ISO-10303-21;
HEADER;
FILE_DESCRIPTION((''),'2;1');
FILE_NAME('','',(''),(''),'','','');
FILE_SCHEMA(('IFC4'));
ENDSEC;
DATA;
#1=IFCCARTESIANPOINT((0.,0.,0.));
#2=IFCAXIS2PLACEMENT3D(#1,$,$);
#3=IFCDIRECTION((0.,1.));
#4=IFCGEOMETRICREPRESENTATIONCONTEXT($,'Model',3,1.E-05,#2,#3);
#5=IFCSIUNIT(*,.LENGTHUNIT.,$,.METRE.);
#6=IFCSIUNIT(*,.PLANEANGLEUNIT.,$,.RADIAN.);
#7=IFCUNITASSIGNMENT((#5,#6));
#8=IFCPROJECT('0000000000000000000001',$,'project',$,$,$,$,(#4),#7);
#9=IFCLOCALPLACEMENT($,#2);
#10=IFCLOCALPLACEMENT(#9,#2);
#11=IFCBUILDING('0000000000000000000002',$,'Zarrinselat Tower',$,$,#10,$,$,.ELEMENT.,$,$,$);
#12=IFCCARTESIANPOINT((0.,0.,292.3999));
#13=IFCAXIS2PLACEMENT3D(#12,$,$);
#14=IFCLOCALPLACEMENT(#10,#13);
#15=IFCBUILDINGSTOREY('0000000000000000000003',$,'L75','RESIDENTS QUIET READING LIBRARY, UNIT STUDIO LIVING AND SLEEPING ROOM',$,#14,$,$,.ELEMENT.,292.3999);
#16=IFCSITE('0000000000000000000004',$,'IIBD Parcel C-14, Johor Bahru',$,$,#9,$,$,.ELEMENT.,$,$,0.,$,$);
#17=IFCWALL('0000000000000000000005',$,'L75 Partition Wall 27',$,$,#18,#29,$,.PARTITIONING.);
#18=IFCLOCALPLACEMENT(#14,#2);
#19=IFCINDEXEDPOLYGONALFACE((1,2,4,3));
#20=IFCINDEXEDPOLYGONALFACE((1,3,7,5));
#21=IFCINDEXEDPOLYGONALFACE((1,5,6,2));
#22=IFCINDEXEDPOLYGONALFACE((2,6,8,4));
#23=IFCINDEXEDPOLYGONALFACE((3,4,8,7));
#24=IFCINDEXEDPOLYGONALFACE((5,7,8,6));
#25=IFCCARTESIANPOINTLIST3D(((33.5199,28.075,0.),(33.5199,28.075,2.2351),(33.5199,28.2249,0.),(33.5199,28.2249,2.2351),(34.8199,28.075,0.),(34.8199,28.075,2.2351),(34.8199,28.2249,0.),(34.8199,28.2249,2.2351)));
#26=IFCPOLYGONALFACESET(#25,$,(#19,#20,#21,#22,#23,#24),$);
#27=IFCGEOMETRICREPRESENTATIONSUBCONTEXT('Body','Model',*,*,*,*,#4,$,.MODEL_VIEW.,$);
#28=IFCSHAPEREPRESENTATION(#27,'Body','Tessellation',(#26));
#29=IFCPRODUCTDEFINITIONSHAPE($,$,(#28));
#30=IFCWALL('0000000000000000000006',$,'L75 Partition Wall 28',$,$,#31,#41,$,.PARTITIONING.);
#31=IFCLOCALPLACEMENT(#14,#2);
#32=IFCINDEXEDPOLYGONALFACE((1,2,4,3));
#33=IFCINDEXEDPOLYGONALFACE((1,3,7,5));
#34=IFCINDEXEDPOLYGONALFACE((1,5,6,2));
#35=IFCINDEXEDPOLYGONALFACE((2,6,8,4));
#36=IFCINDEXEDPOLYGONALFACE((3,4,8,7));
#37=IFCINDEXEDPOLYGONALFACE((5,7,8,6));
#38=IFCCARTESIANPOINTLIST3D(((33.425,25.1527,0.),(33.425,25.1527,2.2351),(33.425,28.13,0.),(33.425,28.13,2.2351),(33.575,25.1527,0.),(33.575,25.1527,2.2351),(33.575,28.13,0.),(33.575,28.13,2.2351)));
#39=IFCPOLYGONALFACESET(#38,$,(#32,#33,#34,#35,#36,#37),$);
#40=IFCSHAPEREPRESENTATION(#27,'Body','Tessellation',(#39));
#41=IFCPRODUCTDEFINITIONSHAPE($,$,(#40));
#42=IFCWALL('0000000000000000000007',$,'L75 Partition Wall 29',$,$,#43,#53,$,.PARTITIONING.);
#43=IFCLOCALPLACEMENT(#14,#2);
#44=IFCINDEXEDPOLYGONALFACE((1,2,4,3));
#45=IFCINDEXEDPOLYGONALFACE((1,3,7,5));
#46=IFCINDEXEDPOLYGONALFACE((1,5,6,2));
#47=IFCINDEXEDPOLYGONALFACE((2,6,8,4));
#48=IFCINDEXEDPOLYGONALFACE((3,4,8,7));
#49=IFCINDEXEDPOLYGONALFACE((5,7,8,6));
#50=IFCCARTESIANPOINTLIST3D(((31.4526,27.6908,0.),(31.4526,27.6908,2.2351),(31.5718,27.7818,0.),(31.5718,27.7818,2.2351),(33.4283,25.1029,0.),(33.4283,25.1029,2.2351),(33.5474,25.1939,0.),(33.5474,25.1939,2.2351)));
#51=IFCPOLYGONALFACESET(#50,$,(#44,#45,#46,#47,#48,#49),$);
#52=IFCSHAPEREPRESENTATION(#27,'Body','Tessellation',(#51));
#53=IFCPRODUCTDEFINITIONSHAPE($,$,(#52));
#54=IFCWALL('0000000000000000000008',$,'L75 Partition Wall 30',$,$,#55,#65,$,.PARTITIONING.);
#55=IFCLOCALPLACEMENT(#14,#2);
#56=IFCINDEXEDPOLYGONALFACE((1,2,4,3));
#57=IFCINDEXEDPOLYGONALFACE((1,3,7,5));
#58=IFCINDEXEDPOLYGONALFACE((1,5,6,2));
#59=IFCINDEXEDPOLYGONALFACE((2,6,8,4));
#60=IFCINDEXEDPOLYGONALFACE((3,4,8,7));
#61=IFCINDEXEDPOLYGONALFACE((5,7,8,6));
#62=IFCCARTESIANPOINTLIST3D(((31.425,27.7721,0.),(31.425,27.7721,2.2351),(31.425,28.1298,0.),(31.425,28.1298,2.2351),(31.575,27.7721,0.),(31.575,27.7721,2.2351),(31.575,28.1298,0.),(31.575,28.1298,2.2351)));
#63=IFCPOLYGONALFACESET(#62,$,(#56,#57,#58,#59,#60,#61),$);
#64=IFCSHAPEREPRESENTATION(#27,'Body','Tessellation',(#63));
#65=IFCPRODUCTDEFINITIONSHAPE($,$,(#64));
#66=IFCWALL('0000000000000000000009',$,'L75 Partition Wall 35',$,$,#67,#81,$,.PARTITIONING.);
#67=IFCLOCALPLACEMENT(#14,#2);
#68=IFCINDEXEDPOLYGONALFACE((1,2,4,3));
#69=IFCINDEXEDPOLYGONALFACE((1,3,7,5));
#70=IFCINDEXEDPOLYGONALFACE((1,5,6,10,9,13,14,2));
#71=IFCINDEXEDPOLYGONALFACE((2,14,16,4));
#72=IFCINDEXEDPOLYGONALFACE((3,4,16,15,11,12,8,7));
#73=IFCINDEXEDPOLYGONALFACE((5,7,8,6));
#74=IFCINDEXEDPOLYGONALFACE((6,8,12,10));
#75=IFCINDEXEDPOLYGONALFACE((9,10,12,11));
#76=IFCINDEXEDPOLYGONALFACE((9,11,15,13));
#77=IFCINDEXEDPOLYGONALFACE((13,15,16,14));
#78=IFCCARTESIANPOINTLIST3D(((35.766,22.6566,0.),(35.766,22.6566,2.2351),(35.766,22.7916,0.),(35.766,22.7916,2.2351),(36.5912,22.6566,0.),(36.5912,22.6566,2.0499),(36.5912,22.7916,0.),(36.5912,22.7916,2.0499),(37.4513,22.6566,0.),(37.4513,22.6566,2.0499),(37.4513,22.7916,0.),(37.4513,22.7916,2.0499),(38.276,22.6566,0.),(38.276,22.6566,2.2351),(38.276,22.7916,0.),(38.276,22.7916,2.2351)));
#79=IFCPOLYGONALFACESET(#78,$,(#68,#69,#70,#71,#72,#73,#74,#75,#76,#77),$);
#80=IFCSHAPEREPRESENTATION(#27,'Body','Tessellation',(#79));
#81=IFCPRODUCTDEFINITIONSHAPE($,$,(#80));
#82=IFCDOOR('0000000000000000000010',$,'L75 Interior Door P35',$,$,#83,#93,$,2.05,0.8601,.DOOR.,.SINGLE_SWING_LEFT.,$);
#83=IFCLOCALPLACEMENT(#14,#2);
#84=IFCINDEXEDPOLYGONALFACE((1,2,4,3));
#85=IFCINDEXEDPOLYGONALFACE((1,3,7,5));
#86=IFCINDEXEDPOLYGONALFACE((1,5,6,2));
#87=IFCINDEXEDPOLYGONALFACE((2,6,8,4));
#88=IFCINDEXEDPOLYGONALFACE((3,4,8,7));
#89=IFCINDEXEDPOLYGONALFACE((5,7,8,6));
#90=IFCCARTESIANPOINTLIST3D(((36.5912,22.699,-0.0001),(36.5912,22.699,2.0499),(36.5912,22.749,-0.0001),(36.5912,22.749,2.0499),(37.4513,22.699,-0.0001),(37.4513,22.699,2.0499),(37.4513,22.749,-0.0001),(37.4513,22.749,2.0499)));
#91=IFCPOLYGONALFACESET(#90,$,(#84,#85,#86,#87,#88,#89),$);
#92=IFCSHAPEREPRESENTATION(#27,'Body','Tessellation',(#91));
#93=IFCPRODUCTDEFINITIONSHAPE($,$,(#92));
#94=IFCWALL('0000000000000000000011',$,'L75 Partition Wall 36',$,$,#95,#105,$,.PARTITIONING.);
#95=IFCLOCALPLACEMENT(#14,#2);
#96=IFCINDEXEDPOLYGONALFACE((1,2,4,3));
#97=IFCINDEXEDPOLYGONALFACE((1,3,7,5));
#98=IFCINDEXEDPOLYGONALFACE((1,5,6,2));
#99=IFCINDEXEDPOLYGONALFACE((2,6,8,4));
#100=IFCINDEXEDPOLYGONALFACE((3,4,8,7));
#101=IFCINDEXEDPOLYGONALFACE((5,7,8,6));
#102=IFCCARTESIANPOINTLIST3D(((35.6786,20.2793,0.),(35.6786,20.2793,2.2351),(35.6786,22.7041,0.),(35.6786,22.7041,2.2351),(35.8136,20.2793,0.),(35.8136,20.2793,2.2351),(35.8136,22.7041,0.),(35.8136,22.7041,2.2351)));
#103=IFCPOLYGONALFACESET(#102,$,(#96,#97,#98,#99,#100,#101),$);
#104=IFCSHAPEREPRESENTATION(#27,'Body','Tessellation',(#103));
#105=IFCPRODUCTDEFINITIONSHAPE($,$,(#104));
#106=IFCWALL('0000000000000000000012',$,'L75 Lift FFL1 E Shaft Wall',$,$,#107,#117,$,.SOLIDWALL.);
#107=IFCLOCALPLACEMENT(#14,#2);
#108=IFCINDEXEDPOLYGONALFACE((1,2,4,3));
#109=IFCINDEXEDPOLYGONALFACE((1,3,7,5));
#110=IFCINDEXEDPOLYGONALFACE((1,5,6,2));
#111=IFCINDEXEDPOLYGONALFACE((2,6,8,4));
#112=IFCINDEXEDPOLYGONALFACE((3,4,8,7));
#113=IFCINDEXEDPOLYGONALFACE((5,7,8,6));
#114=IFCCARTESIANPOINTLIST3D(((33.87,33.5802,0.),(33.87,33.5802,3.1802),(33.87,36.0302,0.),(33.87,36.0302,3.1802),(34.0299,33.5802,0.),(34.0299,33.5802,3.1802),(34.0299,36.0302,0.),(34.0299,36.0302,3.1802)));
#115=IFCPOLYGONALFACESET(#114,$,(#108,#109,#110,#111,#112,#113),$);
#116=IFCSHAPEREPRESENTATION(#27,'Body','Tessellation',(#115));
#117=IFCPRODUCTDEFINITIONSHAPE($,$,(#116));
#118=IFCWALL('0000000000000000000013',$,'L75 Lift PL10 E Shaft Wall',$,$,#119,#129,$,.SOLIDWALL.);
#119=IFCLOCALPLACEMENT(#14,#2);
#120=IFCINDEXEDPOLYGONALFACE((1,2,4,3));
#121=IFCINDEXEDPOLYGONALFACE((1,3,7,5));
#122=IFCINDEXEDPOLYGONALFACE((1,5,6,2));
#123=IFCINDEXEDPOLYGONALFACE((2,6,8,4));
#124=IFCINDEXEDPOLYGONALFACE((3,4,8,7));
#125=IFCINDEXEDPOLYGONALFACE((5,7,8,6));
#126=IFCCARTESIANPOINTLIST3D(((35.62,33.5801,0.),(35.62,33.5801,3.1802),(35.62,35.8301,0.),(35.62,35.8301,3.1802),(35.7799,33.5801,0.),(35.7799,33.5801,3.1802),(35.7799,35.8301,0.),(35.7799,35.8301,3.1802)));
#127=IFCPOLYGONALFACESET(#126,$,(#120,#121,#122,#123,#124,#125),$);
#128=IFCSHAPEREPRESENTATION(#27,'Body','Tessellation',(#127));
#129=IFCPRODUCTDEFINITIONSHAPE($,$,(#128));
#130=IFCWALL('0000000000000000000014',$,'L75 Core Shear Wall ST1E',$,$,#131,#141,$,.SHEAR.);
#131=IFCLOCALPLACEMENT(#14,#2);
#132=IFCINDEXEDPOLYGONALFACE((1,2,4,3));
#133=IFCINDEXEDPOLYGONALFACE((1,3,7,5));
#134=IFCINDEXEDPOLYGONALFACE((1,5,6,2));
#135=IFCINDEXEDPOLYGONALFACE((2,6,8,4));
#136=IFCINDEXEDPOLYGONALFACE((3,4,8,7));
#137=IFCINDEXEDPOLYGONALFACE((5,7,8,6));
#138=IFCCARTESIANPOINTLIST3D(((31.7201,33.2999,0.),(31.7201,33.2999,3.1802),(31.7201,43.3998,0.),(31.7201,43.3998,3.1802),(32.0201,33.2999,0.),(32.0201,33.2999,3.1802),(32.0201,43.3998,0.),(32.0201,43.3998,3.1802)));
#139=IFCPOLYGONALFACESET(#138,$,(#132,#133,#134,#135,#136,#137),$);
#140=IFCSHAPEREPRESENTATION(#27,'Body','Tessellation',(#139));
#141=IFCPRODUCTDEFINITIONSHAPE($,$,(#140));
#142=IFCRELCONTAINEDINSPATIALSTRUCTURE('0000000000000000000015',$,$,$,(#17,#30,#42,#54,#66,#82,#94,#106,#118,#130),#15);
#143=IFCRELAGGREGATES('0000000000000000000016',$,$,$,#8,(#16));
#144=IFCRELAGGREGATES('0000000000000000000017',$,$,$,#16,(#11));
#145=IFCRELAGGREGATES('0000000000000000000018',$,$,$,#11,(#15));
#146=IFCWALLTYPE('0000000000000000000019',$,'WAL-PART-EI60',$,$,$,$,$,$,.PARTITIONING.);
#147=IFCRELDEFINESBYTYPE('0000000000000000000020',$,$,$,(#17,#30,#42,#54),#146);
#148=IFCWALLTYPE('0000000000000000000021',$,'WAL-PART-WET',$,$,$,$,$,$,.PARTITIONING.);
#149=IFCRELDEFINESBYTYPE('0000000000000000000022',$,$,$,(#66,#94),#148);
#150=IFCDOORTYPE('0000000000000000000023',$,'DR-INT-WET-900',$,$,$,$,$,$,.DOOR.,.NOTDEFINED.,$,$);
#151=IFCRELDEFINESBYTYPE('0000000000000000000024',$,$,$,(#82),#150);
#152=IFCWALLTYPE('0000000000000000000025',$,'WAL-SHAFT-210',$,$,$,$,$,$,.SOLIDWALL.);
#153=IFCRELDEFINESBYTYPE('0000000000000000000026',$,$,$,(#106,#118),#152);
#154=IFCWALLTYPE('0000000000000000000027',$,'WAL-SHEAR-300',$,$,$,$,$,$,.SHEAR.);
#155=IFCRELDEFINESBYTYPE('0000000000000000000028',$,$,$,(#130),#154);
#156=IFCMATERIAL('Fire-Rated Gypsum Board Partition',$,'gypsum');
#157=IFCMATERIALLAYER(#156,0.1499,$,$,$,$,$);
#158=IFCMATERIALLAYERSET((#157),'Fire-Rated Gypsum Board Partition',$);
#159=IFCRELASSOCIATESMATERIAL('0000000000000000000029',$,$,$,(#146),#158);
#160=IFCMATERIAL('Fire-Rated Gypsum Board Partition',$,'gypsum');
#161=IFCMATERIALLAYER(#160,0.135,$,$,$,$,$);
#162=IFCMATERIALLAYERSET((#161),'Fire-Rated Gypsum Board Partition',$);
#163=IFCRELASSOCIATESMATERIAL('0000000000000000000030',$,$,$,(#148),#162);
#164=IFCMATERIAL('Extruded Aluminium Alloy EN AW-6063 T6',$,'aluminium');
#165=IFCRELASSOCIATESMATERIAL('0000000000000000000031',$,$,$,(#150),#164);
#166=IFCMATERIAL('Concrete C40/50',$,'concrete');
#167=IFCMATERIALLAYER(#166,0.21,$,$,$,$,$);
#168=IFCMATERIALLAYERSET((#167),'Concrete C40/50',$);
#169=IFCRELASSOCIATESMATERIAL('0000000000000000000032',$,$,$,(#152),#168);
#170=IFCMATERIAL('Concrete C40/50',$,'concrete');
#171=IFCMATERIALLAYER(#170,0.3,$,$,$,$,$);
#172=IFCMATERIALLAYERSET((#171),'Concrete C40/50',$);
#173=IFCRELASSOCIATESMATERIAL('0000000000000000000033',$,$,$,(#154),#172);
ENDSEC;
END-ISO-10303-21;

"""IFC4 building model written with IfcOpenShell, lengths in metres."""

from ifc_helpers import new_model, si_unit, direction, frame, frame_2d, origin, place, context, subcontext, project, spatial, rectangle, extrude, material, layer, layer_set, type_object, element, fill, save


model = new_model("IFC4")

# Units and contexts
model_context = context("Model", 3, precision=1e-05, world=origin(), true_north=direction((0.0, 1.0)))
body_context = subcontext(model_context, "Body", "Model", "MODEL_VIEW")
ifc_project = project(units=[si_unit("LENGTHUNIT", "METRE"), si_unit("PLANEANGLEUNIT", "RADIAN")], contexts=[model_context])

# Site, building, storey
site_placement = place(None, origin())
site = spatial("IfcSite", under=ifc_project, at=site_placement, Name="IIBD Parcel C-14, Johor Bahru", CompositionType="ELEMENT", RefElevation=0.0)
building_placement = place(site_placement, origin())
building = spatial("IfcBuilding", under=site, at=building_placement, Name="Zarrinselat Tower", CompositionType="ELEMENT")
storey_placement = place(building_placement, frame((0.0, 0.0, 292.3999)))
storey = spatial("IfcBuildingStorey", under=building, at=storey_placement, Name="L75", Description="RESIDENTS QUIET READING LIBRARY, UNIT STUDIO LIVING AND SLEEPING ROOM", CompositionType="ELEMENT", Elevation=292.3999)

# Walls
ifc_material_1 = material(Name="Fire-Rated Gypsum Board Partition", Category="gypsum")
ifc_layer_1 = layer(ifc_material_1, 0.1499)
ifc_layer_set_1 = layer_set([ifc_layer_1], Name="Fire-Rated Gypsum Board Partition")
wall_type_1 = type_object("IfcWallType", Name="WAL-PART-EI60", PredefinedType="PARTITIONING", material=ifc_layer_set_1)
wall_1_placement = place(storey_placement, frame((33.52, 28.1499, 0.0), z_axis=(0.0, 0.0, 1.0), x_axis=(1.0, 0.0, 0.0)))
element("IfcWall", 1, at=wall_1_placement, inside=storey, type_object=wall_type_1, Name="L75 Partition Wall 27", PredefinedType="PARTITIONING", context=body_context, shape_type="SweptSolid", body=[
    extrude(rectangle(XDim=1.3, YDim=0.1499, at=frame_2d((0.6499, 0.0))), origin(), (0.0, 0.0, 1.0), 2.2351),
])
wall_2_placement = place(storey_placement, frame((33.5, 25.1526, 0.0), z_axis=(0.0, 0.0, 1.0), x_axis=(0.0, 1.0, 0.0)))
element("IfcWall", 2, at=wall_2_placement, inside=storey, type_object=wall_type_1, Name="L75 Partition Wall 28", PredefinedType="PARTITIONING", context=body_context, shape_type="SweptSolid", body=[
    extrude(rectangle(XDim=2.9773, YDim=0.1499, at=frame_2d((1.4888, 0.0))), origin(), (0.0, 0.0, 1.0), 2.2351),
])
wall_3_placement = place(storey_placement, frame((31.5122, 27.7363, 0.0), z_axis=(0.0, 0.0, 1.0), x_axis=(0.606793, -0.79486, 0.0)))
element("IfcWall", 3, at=wall_3_placement, inside=storey, type_object=wall_type_1, Name="L75 Partition Wall 29", PredefinedType="PARTITIONING", context=body_context, shape_type="SweptSolid", body=[
    extrude(rectangle(XDim=3.2559, YDim=0.1499, at=frame_2d((1.6279, 0.0))), origin(), (0.0, 0.0, 1.0), 2.2351),
])
wall_4_placement = place(storey_placement, frame((31.5, 27.7722, 0.0), z_axis=(0.0, 0.0, 1.0), x_axis=(0.0, 1.0, 0.0)))
element("IfcWall", 4, at=wall_4_placement, inside=storey, type_object=wall_type_1, Name="L75 Partition Wall 30", PredefinedType="PARTITIONING", context=body_context, shape_type="SweptSolid", body=[
    extrude(rectangle(XDim=0.3577, YDim=0.1499, at=frame_2d((0.1787, 0.0))), origin(), (0.0, 0.0, 1.0), 2.2351),
])

# Wall, opening, door
ifc_material_2 = material(Name="Fire-Rated Gypsum Board Partition", Category="gypsum")
ifc_layer_2 = layer(ifc_material_2, 0.135)
ifc_layer_set_2 = layer_set([ifc_layer_2], Name="Fire-Rated Gypsum Board Partition")
wall_type_2 = type_object("IfcWallType", Name="WAL-PART-WET", PredefinedType="PARTITIONING", material=ifc_layer_set_2)
wall_5_placement = place(storey_placement, frame((35.7661, 22.7241, 0.0), z_axis=(0.0, 0.0, 1.0), x_axis=(1.0, 0.0, 0.0)))
wall_5 = element("IfcWall", 5, at=wall_5_placement, inside=storey, type_object=wall_type_2, Name="L75 Partition Wall 35", PredefinedType="PARTITIONING", context=body_context, shape_type="SweptSolid", body=[
    extrude(rectangle(XDim=2.51, YDim=0.135, at=frame_2d((1.2549, 0.0))), origin(), (0.0, 0.0, 1.0), 2.2351),
])
opening_placement = place(wall_5_placement, frame((0.825, 0.0, 0.0)))
opening = element("IfcOpeningElement", 6, at=opening_placement, cuts=wall_5, PredefinedType="OPENING", context=body_context, shape_type="SweptSolid", body=[
    extrude(rectangle(XDim=0.8601, YDim=2.05, at=frame_2d((0.4302, 1.0249))), frame((0.0, 0.0774, 0.0), z_axis=(0.0, -1.0, 0.0), x_axis=(1.0, 0.0, 0.0)), (0.0, 0.0, 1.0), 0.155),
])
ifc_material_3 = material(Name="Extruded Aluminium Alloy EN AW-6063 T6", Category="aluminium")
door_type = type_object("IfcDoorType", Name="DR-INT-WET-900", OperationType="NOTDEFINED", PredefinedType="DOOR", material=ifc_material_3)
door_placement = place(opening_placement, origin())
door = element("IfcDoor", 7, at=door_placement, inside=storey, type_object=door_type, Name="L75 Interior Door P35", OperationType="SINGLE_SWING_LEFT", OverallHeight=2.05, OverallWidth=0.8601, PredefinedType="DOOR", context=body_context, shape_type="SweptSolid", body=[
    extrude(rectangle(XDim=0.8601, YDim=2.05, at=frame_2d((0.4302, 1.0249))), frame((0.0, 0.0249, 0.0), z_axis=(0.0, -1.0, 0.0), x_axis=(1.0, 0.0, 0.0)), (0.0, 0.0, 1.0), 0.05),
])
fill(opening, door)

# Walls
wall_6_placement = place(storey_placement, frame((35.7461, 20.2793, 0.0), z_axis=(0.0, 0.0, 1.0), x_axis=(0.0, 1.0, 0.0)))
element("IfcWall", 8, at=wall_6_placement, inside=storey, type_object=wall_type_2, Name="L75 Partition Wall 36", PredefinedType="PARTITIONING", context=body_context, shape_type="SweptSolid", body=[
    extrude(rectangle(XDim=2.4248, YDim=0.135, at=frame_2d((1.2124, 0.0))), origin(), (0.0, 0.0, 1.0), 2.2351),
])
ifc_material_4 = material(Name="Concrete C40/50", Category="concrete")
ifc_layer_3 = layer(ifc_material_4, 0.21)
ifc_layer_set_3 = layer_set([ifc_layer_3], Name="Concrete C40/50")
wall_type_3 = type_object("IfcWallType", Name="WAL-SHAFT-210", PredefinedType="SOLIDWALL", material=ifc_layer_set_3)
wall_7_placement = place(storey_placement, frame((33.95, 33.5801, 0.0), z_axis=(0.0, 0.0, 1.0), x_axis=(0.0, 1.0, 0.0)))
element("IfcWall", 9, at=wall_7_placement, inside=storey, type_object=wall_type_3, Name="L75 Lift FFL1 E Shaft Wall", PredefinedType="SOLIDWALL", context=body_context, shape_type="SweptSolid", body=[
    extrude(rectangle(XDim=2.45, YDim=0.1599, at=frame_2d((1.2251, 0.0))), origin(), (0.0, 0.0, 1.0), 3.1802),
])
wall_8_placement = place(storey_placement, frame((35.7, 33.5801, 0.0), z_axis=(0.0, 0.0, 1.0), x_axis=(0.0, 1.0, 0.0)))
element("IfcWall", 10, at=wall_8_placement, inside=storey, type_object=wall_type_3, Name="L75 Lift PL10 E Shaft Wall", PredefinedType="SOLIDWALL", context=body_context, shape_type="SweptSolid", body=[
    extrude(rectangle(XDim=2.25, YDim=0.1599, at=frame_2d((1.125, 0.0))), origin(), (0.0, 0.0, 1.0), 3.1802),
])
ifc_material_5 = material(Name="Concrete C40/50", Category="concrete")
ifc_layer_4 = layer(ifc_material_5, 0.3)
ifc_layer_set_4 = layer_set([ifc_layer_4], Name="Concrete C40/50")
wall_type_4 = type_object("IfcWallType", Name="WAL-SHEAR-300", PredefinedType="SHEAR", material=ifc_layer_set_4)
wall_9_placement = place(storey_placement, frame((31.8701, 33.3, 0.0), z_axis=(0.0, 0.0, 1.0), x_axis=(0.0, 1.0, 0.0)))
element("IfcWall", 11, at=wall_9_placement, inside=storey, type_object=wall_type_4, Name="L75 Core Shear Wall ST1E", PredefinedType="SHEAR", context=body_context, shape_type="SweptSolid", body=[
    extrude(rectangle(XDim=10.0999, YDim=0.3, at=frame_2d((5.0498, 0.0))), origin(), (0.0, 0.0, 1.0), 3.1802),
])

save(model, "model.ifc")
